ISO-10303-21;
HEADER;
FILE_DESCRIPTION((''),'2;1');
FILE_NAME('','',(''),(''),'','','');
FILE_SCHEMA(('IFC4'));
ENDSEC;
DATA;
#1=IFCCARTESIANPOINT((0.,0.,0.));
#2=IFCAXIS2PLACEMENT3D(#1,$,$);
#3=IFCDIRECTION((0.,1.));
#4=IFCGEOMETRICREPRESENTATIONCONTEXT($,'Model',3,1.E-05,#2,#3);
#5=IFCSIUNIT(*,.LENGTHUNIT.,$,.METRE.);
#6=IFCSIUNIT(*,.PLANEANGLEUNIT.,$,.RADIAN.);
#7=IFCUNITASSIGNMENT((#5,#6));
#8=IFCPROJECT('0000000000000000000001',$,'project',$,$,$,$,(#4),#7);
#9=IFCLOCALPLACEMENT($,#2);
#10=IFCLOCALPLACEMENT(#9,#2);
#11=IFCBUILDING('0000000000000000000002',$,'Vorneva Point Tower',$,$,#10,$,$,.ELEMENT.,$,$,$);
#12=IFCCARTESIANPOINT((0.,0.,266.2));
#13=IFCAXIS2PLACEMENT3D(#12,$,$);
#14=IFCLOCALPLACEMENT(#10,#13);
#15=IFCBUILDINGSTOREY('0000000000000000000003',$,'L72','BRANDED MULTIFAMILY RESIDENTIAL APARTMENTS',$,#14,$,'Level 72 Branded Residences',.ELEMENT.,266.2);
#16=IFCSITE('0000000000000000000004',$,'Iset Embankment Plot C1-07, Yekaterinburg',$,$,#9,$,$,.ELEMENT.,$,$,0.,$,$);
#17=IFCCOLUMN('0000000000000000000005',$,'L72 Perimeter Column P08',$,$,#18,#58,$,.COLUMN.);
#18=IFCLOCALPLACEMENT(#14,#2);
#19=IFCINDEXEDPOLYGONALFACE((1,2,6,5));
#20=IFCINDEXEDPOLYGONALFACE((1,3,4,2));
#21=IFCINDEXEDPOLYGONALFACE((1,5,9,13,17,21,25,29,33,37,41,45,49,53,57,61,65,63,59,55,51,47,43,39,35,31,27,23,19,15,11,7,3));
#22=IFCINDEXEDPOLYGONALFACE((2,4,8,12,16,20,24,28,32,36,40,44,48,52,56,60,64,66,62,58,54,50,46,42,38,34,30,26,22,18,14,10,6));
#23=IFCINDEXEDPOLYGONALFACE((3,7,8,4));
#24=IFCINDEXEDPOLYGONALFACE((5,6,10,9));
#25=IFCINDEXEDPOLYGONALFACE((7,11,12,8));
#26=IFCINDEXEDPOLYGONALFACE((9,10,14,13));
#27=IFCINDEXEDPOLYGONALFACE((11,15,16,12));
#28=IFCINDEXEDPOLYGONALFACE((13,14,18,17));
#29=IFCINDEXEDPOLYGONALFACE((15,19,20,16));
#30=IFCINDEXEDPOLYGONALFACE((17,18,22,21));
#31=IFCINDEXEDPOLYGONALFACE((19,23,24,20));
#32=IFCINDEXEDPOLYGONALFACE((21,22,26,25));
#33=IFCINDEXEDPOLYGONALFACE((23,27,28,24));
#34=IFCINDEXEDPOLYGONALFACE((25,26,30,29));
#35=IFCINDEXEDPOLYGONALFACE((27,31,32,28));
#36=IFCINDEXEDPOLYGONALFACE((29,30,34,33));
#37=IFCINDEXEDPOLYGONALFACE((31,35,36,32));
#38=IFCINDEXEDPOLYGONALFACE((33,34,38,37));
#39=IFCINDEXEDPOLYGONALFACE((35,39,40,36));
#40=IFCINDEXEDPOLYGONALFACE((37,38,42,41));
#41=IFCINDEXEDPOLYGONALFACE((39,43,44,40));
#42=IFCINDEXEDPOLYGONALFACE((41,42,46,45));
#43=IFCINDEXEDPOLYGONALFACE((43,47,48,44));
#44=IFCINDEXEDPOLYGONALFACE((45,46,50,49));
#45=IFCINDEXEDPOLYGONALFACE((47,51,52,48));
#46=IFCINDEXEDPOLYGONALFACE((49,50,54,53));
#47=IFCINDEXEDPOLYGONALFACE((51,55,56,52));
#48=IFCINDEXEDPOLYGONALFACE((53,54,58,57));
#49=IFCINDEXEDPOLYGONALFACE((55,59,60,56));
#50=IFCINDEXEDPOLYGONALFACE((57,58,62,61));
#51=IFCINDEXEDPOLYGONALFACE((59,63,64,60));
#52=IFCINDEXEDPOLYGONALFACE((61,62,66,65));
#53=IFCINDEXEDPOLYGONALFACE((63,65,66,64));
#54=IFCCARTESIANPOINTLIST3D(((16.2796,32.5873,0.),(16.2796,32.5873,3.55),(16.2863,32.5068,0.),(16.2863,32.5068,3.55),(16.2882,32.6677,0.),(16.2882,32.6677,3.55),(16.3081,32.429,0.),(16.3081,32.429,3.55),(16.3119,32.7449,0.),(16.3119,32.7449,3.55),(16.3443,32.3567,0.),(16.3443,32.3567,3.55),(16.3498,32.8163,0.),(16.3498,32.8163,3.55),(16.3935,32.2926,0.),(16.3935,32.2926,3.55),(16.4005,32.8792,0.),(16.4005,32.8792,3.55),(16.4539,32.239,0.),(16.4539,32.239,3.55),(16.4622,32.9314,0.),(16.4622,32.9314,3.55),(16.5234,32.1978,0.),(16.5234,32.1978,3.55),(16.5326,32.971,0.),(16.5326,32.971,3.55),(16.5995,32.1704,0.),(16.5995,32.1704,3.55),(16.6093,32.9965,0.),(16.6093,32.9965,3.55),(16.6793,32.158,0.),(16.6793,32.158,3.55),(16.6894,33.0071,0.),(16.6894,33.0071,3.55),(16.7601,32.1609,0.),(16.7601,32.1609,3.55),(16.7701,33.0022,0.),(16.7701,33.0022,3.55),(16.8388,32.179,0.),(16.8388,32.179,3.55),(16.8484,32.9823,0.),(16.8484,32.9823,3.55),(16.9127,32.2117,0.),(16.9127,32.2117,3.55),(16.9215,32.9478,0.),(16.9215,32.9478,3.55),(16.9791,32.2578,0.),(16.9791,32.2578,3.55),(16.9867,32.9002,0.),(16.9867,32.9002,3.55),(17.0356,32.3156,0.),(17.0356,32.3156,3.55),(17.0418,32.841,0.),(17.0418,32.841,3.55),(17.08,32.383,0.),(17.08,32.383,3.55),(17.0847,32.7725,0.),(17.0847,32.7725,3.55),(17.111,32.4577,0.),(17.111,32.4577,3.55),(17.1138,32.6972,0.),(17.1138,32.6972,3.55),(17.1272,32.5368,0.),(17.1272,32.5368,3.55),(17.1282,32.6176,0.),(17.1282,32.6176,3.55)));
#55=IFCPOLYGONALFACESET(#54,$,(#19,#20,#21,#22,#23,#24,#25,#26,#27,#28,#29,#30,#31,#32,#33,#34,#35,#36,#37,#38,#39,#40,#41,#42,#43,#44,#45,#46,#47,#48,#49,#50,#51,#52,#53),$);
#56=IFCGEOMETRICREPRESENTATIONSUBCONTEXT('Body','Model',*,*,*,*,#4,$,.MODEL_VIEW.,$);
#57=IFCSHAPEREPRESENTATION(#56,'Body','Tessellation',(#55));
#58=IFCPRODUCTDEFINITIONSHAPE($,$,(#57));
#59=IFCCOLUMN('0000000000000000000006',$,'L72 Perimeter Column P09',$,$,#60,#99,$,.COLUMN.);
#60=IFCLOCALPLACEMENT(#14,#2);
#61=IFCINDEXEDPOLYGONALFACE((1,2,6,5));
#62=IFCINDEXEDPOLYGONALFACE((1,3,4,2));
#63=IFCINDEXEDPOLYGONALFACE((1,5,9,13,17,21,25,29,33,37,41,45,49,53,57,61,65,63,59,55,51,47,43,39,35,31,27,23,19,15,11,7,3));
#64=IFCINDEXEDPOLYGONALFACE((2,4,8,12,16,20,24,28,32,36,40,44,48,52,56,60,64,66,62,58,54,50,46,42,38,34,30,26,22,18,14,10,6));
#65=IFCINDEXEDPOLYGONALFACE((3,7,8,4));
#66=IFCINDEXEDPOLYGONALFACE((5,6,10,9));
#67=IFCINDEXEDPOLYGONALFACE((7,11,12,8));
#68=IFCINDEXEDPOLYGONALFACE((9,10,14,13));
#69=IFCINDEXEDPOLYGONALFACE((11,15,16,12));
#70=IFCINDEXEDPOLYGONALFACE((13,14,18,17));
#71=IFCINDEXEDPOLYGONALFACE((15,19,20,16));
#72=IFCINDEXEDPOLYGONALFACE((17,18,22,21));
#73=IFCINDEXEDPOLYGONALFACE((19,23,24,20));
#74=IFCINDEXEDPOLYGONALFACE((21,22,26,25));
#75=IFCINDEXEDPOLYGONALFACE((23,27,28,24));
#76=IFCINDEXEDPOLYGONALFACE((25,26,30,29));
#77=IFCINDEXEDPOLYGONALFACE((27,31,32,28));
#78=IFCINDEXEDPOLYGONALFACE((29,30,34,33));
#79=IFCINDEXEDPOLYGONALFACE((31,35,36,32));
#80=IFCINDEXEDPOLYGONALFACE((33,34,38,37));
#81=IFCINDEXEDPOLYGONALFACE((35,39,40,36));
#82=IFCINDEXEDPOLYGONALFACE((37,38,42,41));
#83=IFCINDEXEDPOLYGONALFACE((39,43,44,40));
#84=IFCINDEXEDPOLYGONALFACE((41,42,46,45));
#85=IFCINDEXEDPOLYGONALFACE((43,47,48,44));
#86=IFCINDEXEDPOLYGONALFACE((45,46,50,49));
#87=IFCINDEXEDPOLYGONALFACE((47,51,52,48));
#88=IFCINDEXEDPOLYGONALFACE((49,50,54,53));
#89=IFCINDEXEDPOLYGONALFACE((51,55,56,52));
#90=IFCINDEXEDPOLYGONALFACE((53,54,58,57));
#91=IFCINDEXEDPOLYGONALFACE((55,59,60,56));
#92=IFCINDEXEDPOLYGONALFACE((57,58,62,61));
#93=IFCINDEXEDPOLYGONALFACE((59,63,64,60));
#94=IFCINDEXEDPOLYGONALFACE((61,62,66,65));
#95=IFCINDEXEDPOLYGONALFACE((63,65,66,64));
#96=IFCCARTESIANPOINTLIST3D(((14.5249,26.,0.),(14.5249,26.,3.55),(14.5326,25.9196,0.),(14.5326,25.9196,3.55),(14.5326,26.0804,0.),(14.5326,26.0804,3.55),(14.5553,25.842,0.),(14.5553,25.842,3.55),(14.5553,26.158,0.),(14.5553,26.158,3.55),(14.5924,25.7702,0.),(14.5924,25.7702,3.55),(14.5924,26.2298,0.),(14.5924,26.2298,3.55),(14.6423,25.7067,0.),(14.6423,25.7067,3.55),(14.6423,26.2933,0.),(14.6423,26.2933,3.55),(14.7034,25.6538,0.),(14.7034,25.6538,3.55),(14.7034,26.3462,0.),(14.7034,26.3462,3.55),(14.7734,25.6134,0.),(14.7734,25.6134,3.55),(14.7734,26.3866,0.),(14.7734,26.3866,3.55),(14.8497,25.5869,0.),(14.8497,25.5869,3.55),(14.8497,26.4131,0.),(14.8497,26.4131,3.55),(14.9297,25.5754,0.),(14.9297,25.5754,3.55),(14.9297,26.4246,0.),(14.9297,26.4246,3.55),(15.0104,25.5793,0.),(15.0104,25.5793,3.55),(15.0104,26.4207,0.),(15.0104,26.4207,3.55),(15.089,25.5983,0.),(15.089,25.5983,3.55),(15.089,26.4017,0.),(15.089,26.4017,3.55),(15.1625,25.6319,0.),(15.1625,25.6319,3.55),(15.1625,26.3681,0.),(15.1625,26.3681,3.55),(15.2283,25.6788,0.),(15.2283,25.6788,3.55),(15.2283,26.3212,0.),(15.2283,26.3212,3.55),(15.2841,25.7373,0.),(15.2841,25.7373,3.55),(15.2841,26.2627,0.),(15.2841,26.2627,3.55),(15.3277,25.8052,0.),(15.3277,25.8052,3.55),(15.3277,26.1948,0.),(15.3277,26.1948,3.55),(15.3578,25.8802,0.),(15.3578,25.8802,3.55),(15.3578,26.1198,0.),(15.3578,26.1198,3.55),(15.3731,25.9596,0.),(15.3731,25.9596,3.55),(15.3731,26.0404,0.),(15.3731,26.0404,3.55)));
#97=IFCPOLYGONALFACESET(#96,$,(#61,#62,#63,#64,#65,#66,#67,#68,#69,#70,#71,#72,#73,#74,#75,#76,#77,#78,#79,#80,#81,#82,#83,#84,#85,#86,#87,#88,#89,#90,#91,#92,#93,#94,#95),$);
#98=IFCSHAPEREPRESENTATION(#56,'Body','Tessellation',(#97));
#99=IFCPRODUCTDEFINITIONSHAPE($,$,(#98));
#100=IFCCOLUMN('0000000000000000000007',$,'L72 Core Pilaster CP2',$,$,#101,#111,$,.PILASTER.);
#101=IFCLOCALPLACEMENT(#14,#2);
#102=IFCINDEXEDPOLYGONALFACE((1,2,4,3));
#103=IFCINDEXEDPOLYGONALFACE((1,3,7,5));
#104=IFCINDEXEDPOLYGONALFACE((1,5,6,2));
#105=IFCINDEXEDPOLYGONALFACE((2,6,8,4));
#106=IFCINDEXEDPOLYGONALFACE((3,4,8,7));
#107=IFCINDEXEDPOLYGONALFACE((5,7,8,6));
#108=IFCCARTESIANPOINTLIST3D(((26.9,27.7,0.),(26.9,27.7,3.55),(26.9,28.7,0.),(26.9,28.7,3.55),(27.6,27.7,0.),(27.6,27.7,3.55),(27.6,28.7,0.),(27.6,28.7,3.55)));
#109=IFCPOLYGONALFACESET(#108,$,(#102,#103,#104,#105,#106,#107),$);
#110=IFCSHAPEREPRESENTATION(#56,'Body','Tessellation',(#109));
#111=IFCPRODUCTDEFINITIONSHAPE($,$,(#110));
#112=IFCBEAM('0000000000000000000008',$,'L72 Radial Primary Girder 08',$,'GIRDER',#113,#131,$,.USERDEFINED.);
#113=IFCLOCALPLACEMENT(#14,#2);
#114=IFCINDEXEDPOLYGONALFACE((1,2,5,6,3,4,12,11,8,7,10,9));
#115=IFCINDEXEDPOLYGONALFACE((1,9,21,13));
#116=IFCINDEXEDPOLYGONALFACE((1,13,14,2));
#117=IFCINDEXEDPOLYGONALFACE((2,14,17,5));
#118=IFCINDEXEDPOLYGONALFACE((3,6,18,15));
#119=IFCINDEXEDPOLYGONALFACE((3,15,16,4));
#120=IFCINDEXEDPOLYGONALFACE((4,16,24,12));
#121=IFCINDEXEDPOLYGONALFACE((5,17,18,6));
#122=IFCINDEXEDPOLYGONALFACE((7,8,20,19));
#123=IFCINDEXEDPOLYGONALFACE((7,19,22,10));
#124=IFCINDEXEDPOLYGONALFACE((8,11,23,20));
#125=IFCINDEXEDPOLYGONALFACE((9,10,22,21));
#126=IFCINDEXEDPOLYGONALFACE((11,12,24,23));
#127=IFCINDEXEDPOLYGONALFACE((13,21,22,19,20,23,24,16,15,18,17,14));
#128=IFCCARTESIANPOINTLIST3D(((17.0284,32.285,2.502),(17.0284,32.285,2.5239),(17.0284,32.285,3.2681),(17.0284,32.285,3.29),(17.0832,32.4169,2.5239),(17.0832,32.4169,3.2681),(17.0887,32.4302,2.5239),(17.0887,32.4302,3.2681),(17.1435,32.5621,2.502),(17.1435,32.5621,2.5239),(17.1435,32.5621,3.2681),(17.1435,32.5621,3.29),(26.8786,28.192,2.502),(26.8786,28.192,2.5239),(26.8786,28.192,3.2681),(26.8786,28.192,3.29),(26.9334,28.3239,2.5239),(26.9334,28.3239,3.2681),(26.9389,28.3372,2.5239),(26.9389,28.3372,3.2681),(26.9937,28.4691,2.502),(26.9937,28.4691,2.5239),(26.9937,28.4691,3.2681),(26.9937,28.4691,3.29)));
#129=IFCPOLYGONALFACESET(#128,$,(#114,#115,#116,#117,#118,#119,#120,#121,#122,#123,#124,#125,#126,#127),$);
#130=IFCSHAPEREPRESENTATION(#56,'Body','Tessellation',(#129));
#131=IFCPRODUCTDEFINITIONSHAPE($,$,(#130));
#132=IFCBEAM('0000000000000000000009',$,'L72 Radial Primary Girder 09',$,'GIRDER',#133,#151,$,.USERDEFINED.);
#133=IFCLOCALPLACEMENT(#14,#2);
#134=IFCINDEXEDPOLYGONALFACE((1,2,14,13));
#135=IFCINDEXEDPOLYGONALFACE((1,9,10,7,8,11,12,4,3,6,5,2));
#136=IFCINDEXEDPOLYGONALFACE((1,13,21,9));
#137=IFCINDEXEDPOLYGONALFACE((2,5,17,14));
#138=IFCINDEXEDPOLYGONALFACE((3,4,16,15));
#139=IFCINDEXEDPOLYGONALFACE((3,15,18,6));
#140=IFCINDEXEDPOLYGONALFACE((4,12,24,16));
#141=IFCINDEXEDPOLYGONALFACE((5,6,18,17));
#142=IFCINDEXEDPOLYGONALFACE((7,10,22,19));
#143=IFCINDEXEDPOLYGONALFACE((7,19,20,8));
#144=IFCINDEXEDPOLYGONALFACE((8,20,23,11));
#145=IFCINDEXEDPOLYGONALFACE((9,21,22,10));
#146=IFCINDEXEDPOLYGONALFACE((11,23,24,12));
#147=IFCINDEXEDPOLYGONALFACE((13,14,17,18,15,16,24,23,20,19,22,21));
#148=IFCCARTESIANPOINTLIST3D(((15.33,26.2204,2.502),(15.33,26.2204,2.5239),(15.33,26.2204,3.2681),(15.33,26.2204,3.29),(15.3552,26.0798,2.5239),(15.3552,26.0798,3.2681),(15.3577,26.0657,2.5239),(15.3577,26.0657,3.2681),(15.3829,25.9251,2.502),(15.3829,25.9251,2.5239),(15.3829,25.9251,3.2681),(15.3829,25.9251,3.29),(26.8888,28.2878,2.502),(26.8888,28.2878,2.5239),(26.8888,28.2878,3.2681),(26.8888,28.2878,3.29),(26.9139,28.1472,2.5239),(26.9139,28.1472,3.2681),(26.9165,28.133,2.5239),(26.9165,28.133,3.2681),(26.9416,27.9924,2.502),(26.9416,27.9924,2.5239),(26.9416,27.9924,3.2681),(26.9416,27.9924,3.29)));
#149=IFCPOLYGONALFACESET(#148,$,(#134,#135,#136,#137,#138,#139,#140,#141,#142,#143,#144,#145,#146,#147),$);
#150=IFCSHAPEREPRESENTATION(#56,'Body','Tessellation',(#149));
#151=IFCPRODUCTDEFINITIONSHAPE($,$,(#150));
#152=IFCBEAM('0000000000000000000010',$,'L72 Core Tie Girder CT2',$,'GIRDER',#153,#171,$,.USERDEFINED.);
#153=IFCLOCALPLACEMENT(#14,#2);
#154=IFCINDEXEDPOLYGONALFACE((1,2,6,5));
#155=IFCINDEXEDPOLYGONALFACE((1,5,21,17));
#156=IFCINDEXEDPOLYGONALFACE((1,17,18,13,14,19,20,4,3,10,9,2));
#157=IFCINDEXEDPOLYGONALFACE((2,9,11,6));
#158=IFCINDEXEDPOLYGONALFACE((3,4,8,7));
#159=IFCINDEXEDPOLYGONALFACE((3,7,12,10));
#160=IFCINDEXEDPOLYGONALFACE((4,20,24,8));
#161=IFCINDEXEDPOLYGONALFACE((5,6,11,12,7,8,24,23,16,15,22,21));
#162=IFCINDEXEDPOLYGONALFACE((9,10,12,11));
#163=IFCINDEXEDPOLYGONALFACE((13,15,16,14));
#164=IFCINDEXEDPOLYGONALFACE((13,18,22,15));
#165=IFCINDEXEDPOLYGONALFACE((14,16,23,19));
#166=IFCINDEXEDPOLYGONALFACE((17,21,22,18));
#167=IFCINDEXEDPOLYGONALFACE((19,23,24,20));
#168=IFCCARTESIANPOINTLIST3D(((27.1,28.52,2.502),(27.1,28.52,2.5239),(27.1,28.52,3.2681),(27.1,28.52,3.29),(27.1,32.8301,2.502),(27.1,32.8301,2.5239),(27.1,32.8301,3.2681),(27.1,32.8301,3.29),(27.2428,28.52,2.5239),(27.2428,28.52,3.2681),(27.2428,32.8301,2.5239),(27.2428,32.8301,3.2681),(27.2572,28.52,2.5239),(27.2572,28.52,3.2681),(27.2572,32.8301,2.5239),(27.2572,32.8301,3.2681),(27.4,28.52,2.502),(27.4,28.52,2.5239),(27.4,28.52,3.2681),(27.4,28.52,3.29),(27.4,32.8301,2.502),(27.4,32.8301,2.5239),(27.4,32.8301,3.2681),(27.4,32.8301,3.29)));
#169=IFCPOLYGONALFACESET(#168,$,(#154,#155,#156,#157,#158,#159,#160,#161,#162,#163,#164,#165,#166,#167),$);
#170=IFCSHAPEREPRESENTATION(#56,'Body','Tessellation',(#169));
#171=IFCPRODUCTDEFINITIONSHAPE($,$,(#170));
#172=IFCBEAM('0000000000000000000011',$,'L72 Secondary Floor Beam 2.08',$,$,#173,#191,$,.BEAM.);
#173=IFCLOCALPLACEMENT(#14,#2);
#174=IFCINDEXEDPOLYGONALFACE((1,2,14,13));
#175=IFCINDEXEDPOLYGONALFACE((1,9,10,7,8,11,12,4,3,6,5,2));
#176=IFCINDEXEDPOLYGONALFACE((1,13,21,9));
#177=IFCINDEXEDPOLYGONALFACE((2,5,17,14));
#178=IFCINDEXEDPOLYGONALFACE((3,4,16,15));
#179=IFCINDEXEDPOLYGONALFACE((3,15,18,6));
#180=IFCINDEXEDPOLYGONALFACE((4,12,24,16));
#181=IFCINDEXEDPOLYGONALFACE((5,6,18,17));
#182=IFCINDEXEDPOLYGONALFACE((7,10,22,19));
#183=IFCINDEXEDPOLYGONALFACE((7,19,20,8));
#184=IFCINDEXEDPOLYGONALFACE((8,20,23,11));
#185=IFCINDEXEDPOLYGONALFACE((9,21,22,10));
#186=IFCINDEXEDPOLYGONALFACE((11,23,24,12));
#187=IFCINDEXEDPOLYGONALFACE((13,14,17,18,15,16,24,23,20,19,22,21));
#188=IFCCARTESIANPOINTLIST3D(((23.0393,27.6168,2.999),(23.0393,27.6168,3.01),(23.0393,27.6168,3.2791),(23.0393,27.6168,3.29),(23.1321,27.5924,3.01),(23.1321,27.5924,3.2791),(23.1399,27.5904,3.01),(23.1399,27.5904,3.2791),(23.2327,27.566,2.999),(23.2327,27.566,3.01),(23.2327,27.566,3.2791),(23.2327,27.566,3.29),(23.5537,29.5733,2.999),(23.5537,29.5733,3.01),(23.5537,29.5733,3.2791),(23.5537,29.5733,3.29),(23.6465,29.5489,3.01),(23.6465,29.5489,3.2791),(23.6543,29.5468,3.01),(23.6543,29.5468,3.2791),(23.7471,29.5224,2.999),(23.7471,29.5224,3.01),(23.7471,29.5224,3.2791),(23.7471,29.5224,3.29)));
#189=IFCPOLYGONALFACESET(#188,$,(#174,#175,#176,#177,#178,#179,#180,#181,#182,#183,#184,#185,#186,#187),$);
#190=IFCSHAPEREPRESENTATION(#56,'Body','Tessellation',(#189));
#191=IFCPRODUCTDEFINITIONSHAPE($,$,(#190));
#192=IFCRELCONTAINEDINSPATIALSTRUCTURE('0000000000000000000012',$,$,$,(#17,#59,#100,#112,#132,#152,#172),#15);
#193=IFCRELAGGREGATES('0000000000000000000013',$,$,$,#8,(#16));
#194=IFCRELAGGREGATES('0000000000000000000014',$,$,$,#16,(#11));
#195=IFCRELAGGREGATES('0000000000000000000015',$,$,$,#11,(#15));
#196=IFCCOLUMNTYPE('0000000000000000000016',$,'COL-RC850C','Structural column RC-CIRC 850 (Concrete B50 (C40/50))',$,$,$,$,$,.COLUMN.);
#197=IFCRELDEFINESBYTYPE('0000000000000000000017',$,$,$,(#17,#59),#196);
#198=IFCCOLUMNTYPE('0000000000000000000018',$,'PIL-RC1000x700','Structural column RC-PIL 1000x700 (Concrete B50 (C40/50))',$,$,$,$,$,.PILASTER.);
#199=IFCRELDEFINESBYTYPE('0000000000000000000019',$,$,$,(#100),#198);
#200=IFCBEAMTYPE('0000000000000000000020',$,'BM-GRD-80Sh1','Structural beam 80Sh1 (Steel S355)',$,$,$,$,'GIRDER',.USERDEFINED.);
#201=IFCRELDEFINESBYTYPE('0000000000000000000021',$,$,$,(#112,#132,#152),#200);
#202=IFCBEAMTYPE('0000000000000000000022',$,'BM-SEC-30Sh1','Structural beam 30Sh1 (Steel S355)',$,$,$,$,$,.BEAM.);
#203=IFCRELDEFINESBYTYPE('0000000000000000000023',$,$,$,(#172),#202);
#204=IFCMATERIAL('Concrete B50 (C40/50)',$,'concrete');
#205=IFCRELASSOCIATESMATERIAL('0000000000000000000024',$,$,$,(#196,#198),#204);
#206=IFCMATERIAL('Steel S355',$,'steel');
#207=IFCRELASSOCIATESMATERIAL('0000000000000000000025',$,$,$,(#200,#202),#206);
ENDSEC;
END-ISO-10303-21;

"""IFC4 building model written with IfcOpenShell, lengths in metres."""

from ifc_helpers import new_model, si_unit, direction, frame, origin, origin_2d, place, context, subcontext, project, spatial, rectangle, circle, i_section, extrude, material, material_profile, profile_set, type_object, element, save


model = new_model("IFC4")

# Units and contexts
model_context = context("Model", 3, precision=1e-05, world=origin(), true_north=direction((0.0, 1.0)))
body_context = subcontext(model_context, "Body", "Model", "MODEL_VIEW")
ifc_project = project(units=[si_unit("LENGTHUNIT", "METRE"), si_unit("PLANEANGLEUNIT", "RADIAN")], contexts=[model_context])

# Site, building, storey
site_placement = place(None, origin())
site = spatial("IfcSite", under=ifc_project, at=site_placement, Name="Iset Embankment Plot C1-07, Yekaterinburg", CompositionType="ELEMENT", RefElevation=0.0)
building_placement = place(site_placement, origin())
building = spatial("IfcBuilding", under=site, at=building_placement, Name="Vorneva Point Tower", CompositionType="ELEMENT")
storey_placement = place(building_placement, frame((0.0, 0.0, 266.2)))
storey = spatial("IfcBuildingStorey", under=building, at=storey_placement, Name="L72", Description="BRANDED MULTIFAMILY RESIDENTIAL APARTMENTS", LongName="Level 72 Branded Residences", CompositionType="ELEMENT", Elevation=266.2)

# Columns
ifc_material_1 = material(Name="Concrete B50 (C40/50)", Category="concrete")
ifc_material_profile_1 = material_profile(ifc_material_1, circle(Radius=0.425, at=origin_2d()), Name="RC-CIRC 850")
ifc_profile_set_1 = profile_set([ifc_material_profile_1], Name="Concrete B50 (C40/50)")
column_type_1 = type_object("IfcColumnType", Name="COL-RC850C", Description="Structural column RC-CIRC 850 (Concrete B50 (C40/50))", PredefinedType="COLUMN", material=ifc_profile_set_1)
for number, where, z_axis, x_axis, name in (
    (1, (16.7046, 32.5823, 0.0), (0.0, 0.0, 1.0), (-0.92388, 0.382683, 0.0), "L72 Perimeter Column P08"),
    (2, (14.95, 26.0, 0.0), (0.0, 0.0, 1.0), (-1.0, 0.0, 0.0), "L72 Perimeter Column P09"),
):
    element("IfcColumn", number, at=place(storey_placement, frame(where, z_axis=z_axis, x_axis=x_axis)), inside=storey, type_object=column_type_1, Name=name, PredefinedType="COLUMN", context=body_context, shape_type="SweptSolid", body=[
        extrude(circle(Radius=0.425, at=origin_2d()), origin(), (0.0, 0.0, 1.0), 3.55),
    ])
ifc_material_profile_2 = material_profile(ifc_material_1, rectangle(XDim=0.7, YDim=1.0, at=origin_2d()), Name="RC-PIL 1000x700")
ifc_profile_set_2 = profile_set([ifc_material_profile_2], Name="Concrete B50 (C40/50)")
column_type_2 = type_object("IfcColumnType", Name="PIL-RC1000x700", Description="Structural column RC-PIL 1000x700 (Concrete B50 (C40/50))", PredefinedType="PILASTER", material=ifc_profile_set_2)
column_placement = place(storey_placement, frame((27.25, 28.2, 0.0), z_axis=(0.0, 0.0, 1.0), x_axis=(1.0, 0.0, 0.0)))
element("IfcColumn", 3, at=column_placement, inside=storey, type_object=column_type_2, Name="L72 Core Pilaster CP2", PredefinedType="PILASTER", context=body_context, shape_type="SweptSolid", body=[
    extrude(rectangle(XDim=0.7, YDim=1.0, at=origin_2d()), origin(), (0.0, 0.0, 1.0), 3.55),
])

# Beams
ifc_material_2 = material(Name="Steel S355", Category="steel")
ifc_material_profile_3 = material_profile(ifc_material_2, i_section(OverallWidth=0.3, OverallDepth=0.7881, WebThickness=0.0144, FlangeThickness=0.022, at=origin_2d()), Name="80Sh1")
ifc_profile_set_3 = profile_set([ifc_material_profile_3], Name="Steel S355")
beam_type_1 = type_object("IfcBeamType", Name="BM-GRD-80Sh1", Description="Structural beam 80Sh1 (Steel S355)", ElementType="GIRDER", PredefinedType="USERDEFINED", material=ifc_profile_set_3)
beam_1_placement = place(storey_placement, frame((17.0859, 32.4236, 2.896), z_axis=(0.923449, -0.383721, 0.0), x_axis=(0.383721, 0.923449, 0.0)))
element("IfcBeam", 4, at=beam_1_placement, inside=storey, type_object=beam_type_1, Name="L72 Radial Primary Girder 08", ObjectType="GIRDER", PredefinedType="USERDEFINED", context=body_context, shape_type="SweptSolid", body=[
    extrude(i_section(OverallWidth=0.3, OverallDepth=0.7881, WebThickness=0.0144, FlangeThickness=0.022, at=origin_2d()), origin(), (0.0, 0.0, 1.0), 10.6667),
])
beam_2_placement = place(storey_placement, frame((15.3564, 26.0728, 2.896), z_axis=(0.984379, 0.176063, 0.0), x_axis=(-0.176063, 0.984379, 0.0)))
element("IfcBeam", 5, at=beam_2_placement, inside=storey, type_object=beam_type_1, Name="L72 Radial Primary Girder 09", ObjectType="GIRDER", PredefinedType="USERDEFINED", context=body_context, shape_type="SweptSolid", body=[
    extrude(i_section(OverallWidth=0.3, OverallDepth=0.7881, WebThickness=0.0144, FlangeThickness=0.022, at=origin_2d()), origin(), (0.0, 0.0, 1.0), 11.7422),
])
beam_3_placement = place(storey_placement, frame((27.25, 28.52, 2.896), z_axis=(0.0, 1.0, 0.0), x_axis=(-1.0, 0.0, 0.0)))
element("IfcBeam", 6, at=beam_3_placement, inside=storey, type_object=beam_type_1, Name="L72 Core Tie Girder CT2", ObjectType="GIRDER", PredefinedType="USERDEFINED", context=body_context, shape_type="SweptSolid", body=[
    extrude(i_section(OverallWidth=0.3, OverallDepth=0.7881, WebThickness=0.0144, FlangeThickness=0.022, at=origin_2d()), origin(), (0.0, 0.0, 1.0), 4.3101),
])
ifc_material_profile_4 = material_profile(ifc_material_2, i_section(OverallWidth=0.2, OverallDepth=0.291, WebThickness=0.0081, FlangeThickness=0.011, at=origin_2d()), Name="30Sh1")
ifc_profile_set_4 = profile_set([ifc_material_profile_4], Name="Steel S355")
beam_type_2 = type_object("IfcBeamType", Name="BM-SEC-30Sh1", Description="Structural beam 30Sh1 (Steel S355)", PredefinedType="BEAM", material=ifc_profile_set_4)
beam_4_placement = place(storey_placement, frame((23.6504, 29.5479, 3.1445), z_axis=(-0.254274, -0.967132, 0.0), x_axis=(0.967132, -0.254274, 0.0)))
element("IfcBeam", 7, at=beam_4_placement, inside=storey, type_object=beam_type_2, Name="L72 Secondary Floor Beam 2.08", PredefinedType="BEAM", context=body_context, shape_type="SweptSolid", body=[
    extrude(i_section(OverallWidth=0.2, OverallDepth=0.291, WebThickness=0.0081, FlangeThickness=0.011, at=origin_2d()), origin(), (0.0, 0.0, 1.0), 2.0229),
])

save(model, "model.ifc")
